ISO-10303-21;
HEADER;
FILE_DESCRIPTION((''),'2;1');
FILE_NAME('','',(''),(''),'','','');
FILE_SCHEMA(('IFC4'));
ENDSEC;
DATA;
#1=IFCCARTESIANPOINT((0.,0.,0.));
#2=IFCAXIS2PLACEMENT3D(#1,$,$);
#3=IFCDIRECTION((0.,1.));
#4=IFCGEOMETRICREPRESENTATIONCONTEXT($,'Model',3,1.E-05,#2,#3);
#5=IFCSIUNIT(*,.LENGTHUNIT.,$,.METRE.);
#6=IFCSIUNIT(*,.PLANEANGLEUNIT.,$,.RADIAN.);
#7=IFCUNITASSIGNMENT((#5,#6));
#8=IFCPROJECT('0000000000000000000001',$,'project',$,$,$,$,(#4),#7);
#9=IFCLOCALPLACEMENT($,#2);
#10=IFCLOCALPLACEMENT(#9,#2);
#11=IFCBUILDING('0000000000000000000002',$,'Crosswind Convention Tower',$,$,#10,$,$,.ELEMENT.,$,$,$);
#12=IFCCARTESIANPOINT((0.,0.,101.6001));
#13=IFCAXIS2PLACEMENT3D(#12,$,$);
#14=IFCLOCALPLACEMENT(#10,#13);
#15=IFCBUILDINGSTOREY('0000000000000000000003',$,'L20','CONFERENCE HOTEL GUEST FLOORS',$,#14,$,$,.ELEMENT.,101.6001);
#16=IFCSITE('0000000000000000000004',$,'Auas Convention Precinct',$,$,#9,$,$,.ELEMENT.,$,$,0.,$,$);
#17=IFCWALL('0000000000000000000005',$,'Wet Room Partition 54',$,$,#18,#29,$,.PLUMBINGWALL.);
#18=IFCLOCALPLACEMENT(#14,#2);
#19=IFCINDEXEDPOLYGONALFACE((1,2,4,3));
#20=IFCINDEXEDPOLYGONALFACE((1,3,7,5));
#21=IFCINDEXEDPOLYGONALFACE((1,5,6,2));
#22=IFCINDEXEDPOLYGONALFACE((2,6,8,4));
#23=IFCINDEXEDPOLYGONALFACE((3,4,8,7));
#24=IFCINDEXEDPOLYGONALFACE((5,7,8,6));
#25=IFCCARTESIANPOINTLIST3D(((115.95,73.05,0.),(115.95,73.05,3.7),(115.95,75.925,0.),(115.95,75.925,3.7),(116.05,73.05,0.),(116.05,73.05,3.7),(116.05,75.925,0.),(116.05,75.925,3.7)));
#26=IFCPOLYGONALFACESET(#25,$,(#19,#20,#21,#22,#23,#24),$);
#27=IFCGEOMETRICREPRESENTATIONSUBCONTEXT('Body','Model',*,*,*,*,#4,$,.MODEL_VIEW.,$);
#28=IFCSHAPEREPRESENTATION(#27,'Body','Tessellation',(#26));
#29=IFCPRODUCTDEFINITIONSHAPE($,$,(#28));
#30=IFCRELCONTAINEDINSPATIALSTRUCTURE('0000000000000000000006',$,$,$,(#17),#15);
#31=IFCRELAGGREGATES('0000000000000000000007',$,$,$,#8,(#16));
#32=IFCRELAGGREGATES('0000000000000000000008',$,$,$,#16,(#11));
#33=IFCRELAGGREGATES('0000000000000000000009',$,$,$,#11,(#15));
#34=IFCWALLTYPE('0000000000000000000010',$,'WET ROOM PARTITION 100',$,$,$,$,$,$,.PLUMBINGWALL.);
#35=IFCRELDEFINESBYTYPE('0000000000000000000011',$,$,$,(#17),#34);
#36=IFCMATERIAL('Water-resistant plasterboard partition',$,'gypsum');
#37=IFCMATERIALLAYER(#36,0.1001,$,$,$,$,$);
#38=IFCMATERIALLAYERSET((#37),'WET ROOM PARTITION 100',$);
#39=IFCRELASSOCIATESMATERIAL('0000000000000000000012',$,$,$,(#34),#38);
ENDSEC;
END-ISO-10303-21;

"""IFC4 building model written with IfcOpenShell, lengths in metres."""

from ifc_helpers import new_model, si_unit, direction, frame, frame_2d, origin, place, context, subcontext, project, spatial, rectangle, extrude, material, layer, layer_set, type_object, element, save


model = new_model("IFC4")

# Units and contexts
model_context = context("Model", 3, precision=1e-05, world=origin(), true_north=direction((0.0, 1.0)))
body_context = subcontext(model_context, "Body", "Model", "MODEL_VIEW")
ifc_project = project(units=[si_unit("LENGTHUNIT", "METRE"), si_unit("PLANEANGLEUNIT", "RADIAN")], contexts=[model_context])

# Site, building, storey
site_placement = place(None, origin())
site = spatial("IfcSite", under=ifc_project, at=site_placement, Name="Auas Convention Precinct", CompositionType="ELEMENT", RefElevation=0.0)
building_placement = place(site_placement, origin())
building = spatial("IfcBuilding", under=site, at=building_placement, Name="Crosswind Convention Tower", CompositionType="ELEMENT")
storey_placement = place(building_placement, frame((0.0, 0.0, 101.6001)))
storey = spatial("IfcBuildingStorey", under=building, at=storey_placement, Name="L20", Description="CONFERENCE HOTEL GUEST FLOORS", CompositionType="ELEMENT", Elevation=101.6001)

# Shared definitions
ifc_material_1 = material(Name="Water-resistant plasterboard partition", Category="gypsum")
ifc_layer_1 = layer(ifc_material_1, 0.1001)
ifc_layer_set_1 = layer_set([ifc_layer_1], Name="WET ROOM PARTITION 100")
wall_type_1 = type_object("IfcWallType", Name="WET ROOM PARTITION 100", PredefinedType="PLUMBINGWALL", material=ifc_layer_set_1)

# Wall
wall_1_placement = place(storey_placement, frame((116.0, 73.05, 0.0), z_axis=(0.0, 0.0, 1.0), x_axis=(0.0, 1.0, 0.0)))
element("IfcWall", 1, at=wall_1_placement, inside=storey, type_object=wall_type_1, Name="Wet Room Partition 54", PredefinedType="PLUMBINGWALL", context=body_context, shape_type="SweptSolid", body=[
    extrude(rectangle(XDim=2.875, YDim=0.1001, at=frame_2d((1.4375, 0.0))), origin(), (0.0, 0.0, 1.0), 3.7),
])

save(model, "model.ifc")
